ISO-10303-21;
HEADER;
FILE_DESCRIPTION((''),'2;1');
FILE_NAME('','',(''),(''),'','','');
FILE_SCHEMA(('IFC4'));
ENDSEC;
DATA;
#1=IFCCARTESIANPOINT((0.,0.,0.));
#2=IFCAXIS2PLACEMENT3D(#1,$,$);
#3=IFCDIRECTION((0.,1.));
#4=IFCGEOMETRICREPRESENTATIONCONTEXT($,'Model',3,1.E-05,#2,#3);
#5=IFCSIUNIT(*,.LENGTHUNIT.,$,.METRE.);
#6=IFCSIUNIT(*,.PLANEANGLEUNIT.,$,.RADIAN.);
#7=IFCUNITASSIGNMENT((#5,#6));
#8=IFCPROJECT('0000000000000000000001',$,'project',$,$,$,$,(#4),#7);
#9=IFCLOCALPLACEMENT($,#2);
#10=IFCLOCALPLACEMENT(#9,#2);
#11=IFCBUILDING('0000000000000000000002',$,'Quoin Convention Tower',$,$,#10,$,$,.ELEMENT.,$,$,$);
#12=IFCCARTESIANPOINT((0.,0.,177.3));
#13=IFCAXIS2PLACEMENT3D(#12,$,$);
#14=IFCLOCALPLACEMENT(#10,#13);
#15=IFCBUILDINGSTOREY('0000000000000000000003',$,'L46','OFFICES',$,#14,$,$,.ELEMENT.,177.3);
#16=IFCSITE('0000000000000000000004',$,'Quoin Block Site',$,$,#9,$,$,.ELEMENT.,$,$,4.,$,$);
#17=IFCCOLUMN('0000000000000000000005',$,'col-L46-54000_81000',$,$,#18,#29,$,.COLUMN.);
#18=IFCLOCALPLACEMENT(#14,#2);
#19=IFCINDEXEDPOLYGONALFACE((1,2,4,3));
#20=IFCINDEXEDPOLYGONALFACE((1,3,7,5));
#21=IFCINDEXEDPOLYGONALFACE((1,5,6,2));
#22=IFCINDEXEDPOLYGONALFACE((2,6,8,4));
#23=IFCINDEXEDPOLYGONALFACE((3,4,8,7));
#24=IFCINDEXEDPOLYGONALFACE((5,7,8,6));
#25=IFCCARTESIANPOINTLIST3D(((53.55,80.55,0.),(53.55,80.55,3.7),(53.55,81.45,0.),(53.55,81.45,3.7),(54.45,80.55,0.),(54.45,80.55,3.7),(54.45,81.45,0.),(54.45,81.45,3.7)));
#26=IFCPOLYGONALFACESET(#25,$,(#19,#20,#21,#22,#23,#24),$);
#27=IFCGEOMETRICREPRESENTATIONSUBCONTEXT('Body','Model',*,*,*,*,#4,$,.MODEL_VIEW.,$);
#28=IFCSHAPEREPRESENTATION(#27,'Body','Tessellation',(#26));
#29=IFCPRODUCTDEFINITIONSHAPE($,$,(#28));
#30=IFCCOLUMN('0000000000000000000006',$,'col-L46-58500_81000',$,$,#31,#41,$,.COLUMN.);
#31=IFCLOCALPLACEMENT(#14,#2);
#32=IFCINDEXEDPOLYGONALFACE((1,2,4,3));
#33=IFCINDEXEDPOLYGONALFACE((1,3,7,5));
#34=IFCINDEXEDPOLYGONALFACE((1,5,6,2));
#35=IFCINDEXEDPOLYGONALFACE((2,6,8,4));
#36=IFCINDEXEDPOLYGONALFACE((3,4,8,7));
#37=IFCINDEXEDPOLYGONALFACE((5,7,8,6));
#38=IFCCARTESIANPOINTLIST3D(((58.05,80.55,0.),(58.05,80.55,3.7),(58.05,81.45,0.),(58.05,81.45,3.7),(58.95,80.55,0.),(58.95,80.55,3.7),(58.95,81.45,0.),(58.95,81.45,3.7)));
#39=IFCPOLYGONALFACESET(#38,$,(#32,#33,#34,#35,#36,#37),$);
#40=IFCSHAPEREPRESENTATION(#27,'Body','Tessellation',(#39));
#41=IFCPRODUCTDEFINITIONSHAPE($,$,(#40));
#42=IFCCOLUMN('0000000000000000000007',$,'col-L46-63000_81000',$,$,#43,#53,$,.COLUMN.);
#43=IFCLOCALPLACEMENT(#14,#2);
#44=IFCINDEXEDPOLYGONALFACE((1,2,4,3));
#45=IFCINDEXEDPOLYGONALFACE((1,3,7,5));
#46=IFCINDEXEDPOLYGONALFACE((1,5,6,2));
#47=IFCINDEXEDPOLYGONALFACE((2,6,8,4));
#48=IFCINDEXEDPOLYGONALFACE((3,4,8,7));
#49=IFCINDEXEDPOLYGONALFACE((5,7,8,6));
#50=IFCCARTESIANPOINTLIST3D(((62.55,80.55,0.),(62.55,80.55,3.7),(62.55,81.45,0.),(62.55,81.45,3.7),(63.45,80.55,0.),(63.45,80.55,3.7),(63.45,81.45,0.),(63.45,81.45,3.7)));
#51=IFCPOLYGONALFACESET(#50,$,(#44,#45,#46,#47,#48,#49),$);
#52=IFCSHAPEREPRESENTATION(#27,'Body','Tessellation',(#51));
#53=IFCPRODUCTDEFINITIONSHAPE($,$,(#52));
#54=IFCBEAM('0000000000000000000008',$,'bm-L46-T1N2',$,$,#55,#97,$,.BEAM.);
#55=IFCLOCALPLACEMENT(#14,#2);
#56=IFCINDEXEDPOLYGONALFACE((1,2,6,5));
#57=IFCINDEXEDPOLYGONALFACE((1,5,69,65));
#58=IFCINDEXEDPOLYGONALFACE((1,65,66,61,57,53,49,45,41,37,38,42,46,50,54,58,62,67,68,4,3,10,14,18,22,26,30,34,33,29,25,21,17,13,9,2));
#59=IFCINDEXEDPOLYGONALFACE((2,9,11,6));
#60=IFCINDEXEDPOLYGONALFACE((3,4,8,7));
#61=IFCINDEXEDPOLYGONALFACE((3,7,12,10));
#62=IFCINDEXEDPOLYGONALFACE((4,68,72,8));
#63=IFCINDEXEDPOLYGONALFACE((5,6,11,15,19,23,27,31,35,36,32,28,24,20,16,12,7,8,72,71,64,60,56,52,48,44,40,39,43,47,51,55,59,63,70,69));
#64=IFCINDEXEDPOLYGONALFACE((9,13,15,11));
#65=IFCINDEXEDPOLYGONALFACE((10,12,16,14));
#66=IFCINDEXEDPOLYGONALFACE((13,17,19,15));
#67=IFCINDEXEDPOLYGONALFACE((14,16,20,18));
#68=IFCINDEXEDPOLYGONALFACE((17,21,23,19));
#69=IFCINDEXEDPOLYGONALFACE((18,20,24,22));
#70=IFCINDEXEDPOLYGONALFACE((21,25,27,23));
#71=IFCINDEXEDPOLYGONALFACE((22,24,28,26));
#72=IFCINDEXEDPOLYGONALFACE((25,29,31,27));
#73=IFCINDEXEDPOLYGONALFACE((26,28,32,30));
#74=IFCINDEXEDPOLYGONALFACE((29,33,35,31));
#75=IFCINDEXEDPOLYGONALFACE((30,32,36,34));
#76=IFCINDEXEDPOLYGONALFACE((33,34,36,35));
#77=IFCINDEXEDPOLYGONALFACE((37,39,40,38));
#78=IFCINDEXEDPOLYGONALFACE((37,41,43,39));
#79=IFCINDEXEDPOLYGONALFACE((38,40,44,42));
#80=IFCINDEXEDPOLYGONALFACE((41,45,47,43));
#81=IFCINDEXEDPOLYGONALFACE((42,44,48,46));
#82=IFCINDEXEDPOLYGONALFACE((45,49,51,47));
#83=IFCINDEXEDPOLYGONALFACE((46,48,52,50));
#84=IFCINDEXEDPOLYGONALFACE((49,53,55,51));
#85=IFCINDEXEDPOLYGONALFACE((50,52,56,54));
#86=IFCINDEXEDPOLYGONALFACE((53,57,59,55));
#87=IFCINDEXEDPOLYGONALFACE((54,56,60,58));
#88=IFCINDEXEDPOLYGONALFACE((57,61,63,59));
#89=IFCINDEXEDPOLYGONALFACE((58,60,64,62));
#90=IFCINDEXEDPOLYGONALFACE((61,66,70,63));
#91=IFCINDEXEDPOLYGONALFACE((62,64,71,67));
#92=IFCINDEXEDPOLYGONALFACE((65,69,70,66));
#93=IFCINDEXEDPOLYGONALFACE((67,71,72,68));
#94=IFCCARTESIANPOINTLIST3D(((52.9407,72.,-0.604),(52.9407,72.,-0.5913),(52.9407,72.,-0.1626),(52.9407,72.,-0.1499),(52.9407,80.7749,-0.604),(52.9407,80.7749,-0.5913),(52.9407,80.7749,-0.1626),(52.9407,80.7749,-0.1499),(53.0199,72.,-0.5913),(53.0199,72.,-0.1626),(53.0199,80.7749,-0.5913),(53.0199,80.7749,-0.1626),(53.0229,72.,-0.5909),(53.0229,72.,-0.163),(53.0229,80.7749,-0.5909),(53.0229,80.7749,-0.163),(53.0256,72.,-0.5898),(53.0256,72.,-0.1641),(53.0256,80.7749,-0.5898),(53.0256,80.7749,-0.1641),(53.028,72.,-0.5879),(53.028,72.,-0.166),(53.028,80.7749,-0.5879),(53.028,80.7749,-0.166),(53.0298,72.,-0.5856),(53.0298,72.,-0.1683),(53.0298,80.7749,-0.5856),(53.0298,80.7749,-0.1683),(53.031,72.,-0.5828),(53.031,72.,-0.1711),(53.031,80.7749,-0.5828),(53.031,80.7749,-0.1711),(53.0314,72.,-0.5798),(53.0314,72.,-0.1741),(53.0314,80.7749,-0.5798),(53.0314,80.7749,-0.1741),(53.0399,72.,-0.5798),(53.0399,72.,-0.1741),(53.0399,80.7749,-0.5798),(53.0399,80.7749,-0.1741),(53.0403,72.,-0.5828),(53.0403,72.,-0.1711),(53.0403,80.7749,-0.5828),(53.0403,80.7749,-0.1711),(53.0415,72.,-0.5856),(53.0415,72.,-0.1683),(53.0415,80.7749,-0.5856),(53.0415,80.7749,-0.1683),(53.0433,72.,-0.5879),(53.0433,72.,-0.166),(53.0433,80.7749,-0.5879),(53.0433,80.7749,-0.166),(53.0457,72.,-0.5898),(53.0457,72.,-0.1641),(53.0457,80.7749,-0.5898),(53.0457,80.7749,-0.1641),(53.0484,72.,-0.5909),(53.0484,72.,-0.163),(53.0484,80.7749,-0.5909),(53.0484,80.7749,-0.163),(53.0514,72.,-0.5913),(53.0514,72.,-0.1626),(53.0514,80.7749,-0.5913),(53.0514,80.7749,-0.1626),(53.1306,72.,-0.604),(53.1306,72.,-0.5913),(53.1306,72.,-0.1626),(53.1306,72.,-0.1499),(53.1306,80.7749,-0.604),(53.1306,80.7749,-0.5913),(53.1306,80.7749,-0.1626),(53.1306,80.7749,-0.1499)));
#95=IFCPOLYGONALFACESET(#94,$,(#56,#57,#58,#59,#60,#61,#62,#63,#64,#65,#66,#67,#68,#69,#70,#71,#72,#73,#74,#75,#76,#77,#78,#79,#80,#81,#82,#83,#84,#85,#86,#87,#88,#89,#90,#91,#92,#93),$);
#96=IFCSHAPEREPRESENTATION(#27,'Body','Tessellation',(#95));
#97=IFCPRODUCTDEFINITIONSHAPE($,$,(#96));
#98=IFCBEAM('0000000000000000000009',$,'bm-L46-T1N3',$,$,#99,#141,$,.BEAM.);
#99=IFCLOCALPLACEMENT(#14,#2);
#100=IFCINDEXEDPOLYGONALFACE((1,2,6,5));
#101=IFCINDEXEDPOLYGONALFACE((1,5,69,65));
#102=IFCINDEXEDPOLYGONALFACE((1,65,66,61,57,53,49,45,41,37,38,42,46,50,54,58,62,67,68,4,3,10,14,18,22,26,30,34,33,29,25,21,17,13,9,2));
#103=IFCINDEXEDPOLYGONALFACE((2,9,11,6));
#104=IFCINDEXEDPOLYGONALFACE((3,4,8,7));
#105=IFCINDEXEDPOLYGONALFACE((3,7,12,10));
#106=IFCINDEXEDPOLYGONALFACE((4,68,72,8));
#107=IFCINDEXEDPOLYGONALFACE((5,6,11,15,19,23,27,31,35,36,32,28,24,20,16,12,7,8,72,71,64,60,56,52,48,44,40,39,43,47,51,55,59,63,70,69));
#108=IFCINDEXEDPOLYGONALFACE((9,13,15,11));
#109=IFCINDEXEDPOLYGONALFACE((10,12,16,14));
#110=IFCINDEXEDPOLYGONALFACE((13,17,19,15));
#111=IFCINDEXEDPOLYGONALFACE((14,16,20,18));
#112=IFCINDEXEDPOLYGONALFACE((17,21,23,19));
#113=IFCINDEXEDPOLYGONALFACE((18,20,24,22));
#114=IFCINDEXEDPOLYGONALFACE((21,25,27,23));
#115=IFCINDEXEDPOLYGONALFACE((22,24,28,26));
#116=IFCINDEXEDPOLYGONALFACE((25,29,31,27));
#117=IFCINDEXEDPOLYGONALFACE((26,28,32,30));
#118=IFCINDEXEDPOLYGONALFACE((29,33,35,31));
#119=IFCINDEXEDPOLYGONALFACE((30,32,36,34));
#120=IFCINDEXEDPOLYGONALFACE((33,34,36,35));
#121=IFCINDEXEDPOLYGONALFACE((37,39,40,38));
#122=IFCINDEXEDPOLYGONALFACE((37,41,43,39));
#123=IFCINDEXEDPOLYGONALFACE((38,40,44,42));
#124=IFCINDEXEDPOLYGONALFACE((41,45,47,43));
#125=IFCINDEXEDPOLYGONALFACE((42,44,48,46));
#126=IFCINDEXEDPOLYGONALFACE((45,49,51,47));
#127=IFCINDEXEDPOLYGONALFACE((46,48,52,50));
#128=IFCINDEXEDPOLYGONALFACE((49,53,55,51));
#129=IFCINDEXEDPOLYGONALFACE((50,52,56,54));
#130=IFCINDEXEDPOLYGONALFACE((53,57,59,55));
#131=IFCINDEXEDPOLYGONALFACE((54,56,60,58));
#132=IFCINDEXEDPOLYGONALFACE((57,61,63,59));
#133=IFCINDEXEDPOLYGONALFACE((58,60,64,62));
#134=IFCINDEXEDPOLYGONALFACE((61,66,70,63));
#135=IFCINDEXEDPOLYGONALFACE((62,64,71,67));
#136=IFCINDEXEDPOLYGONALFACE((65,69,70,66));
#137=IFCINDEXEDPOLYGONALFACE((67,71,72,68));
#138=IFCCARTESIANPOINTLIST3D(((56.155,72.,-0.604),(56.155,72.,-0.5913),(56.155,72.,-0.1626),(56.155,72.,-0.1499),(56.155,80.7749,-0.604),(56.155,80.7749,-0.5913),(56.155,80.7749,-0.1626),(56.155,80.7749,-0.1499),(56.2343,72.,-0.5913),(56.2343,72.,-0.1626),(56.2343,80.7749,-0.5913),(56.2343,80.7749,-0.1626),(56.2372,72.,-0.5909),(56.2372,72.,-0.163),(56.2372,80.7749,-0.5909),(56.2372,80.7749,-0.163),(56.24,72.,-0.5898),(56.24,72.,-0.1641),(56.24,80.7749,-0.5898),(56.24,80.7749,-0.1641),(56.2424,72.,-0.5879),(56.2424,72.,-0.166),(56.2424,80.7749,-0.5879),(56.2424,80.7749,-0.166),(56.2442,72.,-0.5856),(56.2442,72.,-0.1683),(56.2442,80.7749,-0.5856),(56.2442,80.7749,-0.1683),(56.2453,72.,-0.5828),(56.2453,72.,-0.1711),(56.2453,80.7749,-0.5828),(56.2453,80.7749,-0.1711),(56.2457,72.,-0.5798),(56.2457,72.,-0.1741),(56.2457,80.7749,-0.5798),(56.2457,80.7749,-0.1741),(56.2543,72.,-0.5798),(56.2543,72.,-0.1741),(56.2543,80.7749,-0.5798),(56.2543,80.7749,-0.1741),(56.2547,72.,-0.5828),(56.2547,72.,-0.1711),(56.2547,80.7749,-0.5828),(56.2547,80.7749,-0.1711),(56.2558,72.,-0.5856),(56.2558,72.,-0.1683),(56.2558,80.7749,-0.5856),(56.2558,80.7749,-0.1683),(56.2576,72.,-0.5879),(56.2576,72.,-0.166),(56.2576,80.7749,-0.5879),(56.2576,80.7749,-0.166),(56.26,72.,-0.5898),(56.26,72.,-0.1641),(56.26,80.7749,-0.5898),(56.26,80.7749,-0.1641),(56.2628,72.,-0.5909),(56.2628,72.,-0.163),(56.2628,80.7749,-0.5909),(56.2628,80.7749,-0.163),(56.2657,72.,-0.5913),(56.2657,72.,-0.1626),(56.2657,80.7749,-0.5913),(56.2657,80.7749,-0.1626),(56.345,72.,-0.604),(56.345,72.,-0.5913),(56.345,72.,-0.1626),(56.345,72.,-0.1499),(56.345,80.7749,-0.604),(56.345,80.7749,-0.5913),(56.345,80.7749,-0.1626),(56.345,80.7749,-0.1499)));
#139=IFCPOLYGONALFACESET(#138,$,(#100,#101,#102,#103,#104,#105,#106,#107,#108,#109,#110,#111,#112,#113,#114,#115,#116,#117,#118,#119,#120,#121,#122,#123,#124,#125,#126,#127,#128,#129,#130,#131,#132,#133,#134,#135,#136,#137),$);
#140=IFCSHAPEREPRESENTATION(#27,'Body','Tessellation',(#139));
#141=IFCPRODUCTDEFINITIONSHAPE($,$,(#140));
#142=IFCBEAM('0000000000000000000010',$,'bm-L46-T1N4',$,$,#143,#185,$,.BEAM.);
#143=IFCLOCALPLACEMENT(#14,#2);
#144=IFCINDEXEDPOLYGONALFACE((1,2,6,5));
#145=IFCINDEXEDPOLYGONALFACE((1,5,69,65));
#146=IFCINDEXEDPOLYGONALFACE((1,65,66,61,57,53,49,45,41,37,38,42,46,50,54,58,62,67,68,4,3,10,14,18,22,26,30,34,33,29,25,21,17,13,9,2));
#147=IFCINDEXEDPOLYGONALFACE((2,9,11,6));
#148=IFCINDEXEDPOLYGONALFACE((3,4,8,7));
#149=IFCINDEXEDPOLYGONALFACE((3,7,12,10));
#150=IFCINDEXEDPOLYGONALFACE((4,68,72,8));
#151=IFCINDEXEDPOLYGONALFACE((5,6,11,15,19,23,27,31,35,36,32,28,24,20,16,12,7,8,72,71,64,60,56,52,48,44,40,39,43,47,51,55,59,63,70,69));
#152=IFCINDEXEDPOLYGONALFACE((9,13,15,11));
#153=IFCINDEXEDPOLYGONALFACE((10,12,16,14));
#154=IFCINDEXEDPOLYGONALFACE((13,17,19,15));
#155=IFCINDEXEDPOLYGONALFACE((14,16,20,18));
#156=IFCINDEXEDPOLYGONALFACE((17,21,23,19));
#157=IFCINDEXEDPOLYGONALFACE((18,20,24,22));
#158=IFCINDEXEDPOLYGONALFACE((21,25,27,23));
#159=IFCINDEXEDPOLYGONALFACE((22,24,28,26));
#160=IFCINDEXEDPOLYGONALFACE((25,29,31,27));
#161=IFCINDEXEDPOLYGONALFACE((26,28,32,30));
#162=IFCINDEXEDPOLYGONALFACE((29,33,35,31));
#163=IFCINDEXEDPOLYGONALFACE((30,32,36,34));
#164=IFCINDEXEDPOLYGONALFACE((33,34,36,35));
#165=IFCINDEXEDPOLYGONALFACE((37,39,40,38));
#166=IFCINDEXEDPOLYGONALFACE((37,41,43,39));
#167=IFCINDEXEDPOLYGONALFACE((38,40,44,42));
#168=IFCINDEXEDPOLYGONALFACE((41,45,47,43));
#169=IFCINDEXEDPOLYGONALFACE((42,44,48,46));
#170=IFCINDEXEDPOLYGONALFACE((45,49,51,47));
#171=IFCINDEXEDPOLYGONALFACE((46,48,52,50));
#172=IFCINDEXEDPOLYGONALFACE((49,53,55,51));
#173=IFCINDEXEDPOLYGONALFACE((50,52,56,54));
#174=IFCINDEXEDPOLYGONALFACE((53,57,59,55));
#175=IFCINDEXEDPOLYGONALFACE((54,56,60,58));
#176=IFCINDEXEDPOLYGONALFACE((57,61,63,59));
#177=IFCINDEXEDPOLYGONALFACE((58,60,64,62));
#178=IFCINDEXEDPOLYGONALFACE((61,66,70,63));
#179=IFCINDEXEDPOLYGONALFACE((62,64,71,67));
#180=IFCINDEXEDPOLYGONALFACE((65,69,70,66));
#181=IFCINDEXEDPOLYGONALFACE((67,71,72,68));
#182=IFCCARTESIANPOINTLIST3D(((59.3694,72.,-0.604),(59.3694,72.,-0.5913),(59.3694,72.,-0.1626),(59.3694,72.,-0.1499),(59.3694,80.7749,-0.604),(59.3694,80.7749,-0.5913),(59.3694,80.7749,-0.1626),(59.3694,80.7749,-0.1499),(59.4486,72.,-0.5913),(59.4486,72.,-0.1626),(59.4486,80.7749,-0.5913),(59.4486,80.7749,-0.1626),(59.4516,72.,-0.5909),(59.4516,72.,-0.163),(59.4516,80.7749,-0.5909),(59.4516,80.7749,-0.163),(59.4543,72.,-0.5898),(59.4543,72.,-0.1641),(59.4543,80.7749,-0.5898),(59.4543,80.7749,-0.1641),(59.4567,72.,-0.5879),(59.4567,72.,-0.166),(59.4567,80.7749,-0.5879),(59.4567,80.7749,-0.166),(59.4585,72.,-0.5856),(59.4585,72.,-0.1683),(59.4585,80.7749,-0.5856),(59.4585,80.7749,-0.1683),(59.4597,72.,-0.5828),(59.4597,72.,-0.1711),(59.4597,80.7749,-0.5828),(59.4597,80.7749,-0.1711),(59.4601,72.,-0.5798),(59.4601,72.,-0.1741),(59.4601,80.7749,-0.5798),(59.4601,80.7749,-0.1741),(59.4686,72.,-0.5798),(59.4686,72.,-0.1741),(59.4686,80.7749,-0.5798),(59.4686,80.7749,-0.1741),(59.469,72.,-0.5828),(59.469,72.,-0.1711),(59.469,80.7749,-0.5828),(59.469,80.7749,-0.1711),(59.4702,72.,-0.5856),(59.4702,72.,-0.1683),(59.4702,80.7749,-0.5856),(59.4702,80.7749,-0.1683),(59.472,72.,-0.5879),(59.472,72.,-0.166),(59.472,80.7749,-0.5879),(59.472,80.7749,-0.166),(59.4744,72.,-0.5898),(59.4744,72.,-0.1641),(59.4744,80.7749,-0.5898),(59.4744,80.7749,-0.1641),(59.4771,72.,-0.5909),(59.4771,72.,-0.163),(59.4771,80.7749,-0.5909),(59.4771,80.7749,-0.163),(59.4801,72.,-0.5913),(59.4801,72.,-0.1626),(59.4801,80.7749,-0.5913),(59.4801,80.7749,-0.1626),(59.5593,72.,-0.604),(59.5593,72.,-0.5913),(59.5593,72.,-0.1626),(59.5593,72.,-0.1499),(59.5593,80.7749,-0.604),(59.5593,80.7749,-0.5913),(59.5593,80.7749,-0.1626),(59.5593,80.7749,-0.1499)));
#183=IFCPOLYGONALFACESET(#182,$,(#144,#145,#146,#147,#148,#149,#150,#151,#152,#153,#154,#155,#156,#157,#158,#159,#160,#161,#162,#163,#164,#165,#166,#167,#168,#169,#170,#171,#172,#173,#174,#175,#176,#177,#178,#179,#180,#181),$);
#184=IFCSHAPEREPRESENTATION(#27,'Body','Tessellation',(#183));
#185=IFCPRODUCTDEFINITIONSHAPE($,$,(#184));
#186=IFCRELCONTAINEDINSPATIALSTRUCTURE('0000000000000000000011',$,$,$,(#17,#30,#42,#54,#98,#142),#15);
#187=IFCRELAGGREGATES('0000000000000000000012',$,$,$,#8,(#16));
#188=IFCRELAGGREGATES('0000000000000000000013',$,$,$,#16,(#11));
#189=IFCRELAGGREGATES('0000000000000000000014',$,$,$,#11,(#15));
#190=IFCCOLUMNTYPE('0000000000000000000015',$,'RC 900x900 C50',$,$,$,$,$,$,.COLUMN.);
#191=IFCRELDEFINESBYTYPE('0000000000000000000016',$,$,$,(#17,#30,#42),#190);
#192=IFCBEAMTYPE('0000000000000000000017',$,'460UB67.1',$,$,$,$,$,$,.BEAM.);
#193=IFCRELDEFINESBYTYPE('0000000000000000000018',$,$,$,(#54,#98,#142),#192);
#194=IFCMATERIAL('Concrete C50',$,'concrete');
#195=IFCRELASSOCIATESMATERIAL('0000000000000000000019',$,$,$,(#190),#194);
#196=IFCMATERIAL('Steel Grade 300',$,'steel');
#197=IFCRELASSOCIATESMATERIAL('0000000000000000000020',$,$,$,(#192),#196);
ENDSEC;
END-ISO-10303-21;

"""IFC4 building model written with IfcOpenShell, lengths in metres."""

from ifc_helpers import new_model, si_unit, direction, frame, origin, origin_2d, place, context, subcontext, project, spatial, rectangle, i_section, extrude, material, material_profile, profile_set, type_object, element, save


model = new_model("IFC4")

# Units and contexts
model_context = context("Model", 3, precision=1e-05, world=origin(), true_north=direction((0.0, 1.0)))
body_context = subcontext(model_context, "Body", "Model", "MODEL_VIEW")
ifc_project = project(units=[si_unit("LENGTHUNIT", "METRE"), si_unit("PLANEANGLEUNIT", "RADIAN")], contexts=[model_context])

# Site, building, storey
site_placement = place(None, origin())
site = spatial("IfcSite", under=ifc_project, at=site_placement, Name="Quoin Block Site", CompositionType="ELEMENT", RefElevation=4.0)
building_placement = place(site_placement, origin())
building = spatial("IfcBuilding", under=site, at=building_placement, Name="Quoin Convention Tower", CompositionType="ELEMENT")
storey_placement = place(building_placement, frame((0.0, 0.0, 177.3)))
storey = spatial("IfcBuildingStorey", under=building, at=storey_placement, Name="L46", Description="OFFICES", CompositionType="ELEMENT", Elevation=177.3)

# Columns
ifc_material_1 = material(Name="Concrete C50", Category="concrete")
ifc_material_profile_1 = material_profile(ifc_material_1, rectangle(XDim=0.8999, YDim=0.8999, at=origin_2d()), Name="RC 900x900")
ifc_profile_set_1 = profile_set([ifc_material_profile_1], Name="Concrete C50")
column_type = type_object("IfcColumnType", Name="RC 900x900 C50", PredefinedType="COLUMN", material=ifc_profile_set_1)
for number, where, z_axis, x_axis, name in (
    (1, (54.0, 81.0, 0.0), (0.0, 0.0, 1.0), (1.0, 0.0, 0.0), "col-L46-54000_81000"),
    (2, (58.5, 81.0, 0.0), (0.0, 0.0, 1.0), (1.0, 0.0, 0.0), "col-L46-58500_81000"),
    (3, (63.0, 81.0, 0.0), (0.0, 0.0, 1.0), (1.0, 0.0, 0.0), "col-L46-63000_81000"),
):
    element("IfcColumn", number, at=place(storey_placement, frame(where, z_axis=z_axis, x_axis=x_axis)), inside=storey, type_object=column_type, Name=name, PredefinedType="COLUMN", context=body_context, shape_type="SweptSolid", body=[
        extrude(rectangle(XDim=0.8999, YDim=0.8999, at=origin_2d()), origin(), (0.0, 0.0, 1.0), 3.7),
    ])

# Beams
ifc_material_2 = material(Name="Steel Grade 300", Category="steel")
ifc_material_profile_2 = material_profile(ifc_material_2, i_section(OverallWidth=0.1899, OverallDepth=0.4541, WebThickness=0.0085, FlangeThickness=0.0127, FilletRadius=0.0115, at=origin_2d()), Name="460UB67.1")
ifc_profile_set_2 = profile_set([ifc_material_profile_2], Name="Steel Grade 300")
beam_type_1 = type_object("IfcBeamType", Name="460UB67.1", PredefinedType="BEAM", material=ifc_profile_set_2)
for number, where, z_axis, x_axis, name in (
    (4, (53.0356, 72.0, -0.377), (0.0, 1.0, 0.0), (-1.0, 0.0, 0.0), "bm-L46-T1N2"),
    (5, (56.25, 72.0, -0.377), (0.0, 1.0, 0.0), (-1.0, 0.0, 0.0), "bm-L46-T1N3"),
    (6, (59.4644, 72.0, -0.377), (0.0, 1.0, 0.0), (-1.0, 0.0, 0.0), "bm-L46-T1N4"),
):
    element("IfcBeam", number, at=place(storey_placement, frame(where, z_axis=z_axis, x_axis=x_axis)), inside=storey, type_object=beam_type_1, Name=name, PredefinedType="BEAM", context=body_context, shape_type="SweptSolid", body=[
        extrude(i_section(OverallWidth=0.1899, OverallDepth=0.4541, WebThickness=0.0085, FlangeThickness=0.0127, FilletRadius=0.0115, at=origin_2d()), origin(), (0.0, 0.0, 1.0), 8.7749),
    ])

save(model, "model.ifc")
